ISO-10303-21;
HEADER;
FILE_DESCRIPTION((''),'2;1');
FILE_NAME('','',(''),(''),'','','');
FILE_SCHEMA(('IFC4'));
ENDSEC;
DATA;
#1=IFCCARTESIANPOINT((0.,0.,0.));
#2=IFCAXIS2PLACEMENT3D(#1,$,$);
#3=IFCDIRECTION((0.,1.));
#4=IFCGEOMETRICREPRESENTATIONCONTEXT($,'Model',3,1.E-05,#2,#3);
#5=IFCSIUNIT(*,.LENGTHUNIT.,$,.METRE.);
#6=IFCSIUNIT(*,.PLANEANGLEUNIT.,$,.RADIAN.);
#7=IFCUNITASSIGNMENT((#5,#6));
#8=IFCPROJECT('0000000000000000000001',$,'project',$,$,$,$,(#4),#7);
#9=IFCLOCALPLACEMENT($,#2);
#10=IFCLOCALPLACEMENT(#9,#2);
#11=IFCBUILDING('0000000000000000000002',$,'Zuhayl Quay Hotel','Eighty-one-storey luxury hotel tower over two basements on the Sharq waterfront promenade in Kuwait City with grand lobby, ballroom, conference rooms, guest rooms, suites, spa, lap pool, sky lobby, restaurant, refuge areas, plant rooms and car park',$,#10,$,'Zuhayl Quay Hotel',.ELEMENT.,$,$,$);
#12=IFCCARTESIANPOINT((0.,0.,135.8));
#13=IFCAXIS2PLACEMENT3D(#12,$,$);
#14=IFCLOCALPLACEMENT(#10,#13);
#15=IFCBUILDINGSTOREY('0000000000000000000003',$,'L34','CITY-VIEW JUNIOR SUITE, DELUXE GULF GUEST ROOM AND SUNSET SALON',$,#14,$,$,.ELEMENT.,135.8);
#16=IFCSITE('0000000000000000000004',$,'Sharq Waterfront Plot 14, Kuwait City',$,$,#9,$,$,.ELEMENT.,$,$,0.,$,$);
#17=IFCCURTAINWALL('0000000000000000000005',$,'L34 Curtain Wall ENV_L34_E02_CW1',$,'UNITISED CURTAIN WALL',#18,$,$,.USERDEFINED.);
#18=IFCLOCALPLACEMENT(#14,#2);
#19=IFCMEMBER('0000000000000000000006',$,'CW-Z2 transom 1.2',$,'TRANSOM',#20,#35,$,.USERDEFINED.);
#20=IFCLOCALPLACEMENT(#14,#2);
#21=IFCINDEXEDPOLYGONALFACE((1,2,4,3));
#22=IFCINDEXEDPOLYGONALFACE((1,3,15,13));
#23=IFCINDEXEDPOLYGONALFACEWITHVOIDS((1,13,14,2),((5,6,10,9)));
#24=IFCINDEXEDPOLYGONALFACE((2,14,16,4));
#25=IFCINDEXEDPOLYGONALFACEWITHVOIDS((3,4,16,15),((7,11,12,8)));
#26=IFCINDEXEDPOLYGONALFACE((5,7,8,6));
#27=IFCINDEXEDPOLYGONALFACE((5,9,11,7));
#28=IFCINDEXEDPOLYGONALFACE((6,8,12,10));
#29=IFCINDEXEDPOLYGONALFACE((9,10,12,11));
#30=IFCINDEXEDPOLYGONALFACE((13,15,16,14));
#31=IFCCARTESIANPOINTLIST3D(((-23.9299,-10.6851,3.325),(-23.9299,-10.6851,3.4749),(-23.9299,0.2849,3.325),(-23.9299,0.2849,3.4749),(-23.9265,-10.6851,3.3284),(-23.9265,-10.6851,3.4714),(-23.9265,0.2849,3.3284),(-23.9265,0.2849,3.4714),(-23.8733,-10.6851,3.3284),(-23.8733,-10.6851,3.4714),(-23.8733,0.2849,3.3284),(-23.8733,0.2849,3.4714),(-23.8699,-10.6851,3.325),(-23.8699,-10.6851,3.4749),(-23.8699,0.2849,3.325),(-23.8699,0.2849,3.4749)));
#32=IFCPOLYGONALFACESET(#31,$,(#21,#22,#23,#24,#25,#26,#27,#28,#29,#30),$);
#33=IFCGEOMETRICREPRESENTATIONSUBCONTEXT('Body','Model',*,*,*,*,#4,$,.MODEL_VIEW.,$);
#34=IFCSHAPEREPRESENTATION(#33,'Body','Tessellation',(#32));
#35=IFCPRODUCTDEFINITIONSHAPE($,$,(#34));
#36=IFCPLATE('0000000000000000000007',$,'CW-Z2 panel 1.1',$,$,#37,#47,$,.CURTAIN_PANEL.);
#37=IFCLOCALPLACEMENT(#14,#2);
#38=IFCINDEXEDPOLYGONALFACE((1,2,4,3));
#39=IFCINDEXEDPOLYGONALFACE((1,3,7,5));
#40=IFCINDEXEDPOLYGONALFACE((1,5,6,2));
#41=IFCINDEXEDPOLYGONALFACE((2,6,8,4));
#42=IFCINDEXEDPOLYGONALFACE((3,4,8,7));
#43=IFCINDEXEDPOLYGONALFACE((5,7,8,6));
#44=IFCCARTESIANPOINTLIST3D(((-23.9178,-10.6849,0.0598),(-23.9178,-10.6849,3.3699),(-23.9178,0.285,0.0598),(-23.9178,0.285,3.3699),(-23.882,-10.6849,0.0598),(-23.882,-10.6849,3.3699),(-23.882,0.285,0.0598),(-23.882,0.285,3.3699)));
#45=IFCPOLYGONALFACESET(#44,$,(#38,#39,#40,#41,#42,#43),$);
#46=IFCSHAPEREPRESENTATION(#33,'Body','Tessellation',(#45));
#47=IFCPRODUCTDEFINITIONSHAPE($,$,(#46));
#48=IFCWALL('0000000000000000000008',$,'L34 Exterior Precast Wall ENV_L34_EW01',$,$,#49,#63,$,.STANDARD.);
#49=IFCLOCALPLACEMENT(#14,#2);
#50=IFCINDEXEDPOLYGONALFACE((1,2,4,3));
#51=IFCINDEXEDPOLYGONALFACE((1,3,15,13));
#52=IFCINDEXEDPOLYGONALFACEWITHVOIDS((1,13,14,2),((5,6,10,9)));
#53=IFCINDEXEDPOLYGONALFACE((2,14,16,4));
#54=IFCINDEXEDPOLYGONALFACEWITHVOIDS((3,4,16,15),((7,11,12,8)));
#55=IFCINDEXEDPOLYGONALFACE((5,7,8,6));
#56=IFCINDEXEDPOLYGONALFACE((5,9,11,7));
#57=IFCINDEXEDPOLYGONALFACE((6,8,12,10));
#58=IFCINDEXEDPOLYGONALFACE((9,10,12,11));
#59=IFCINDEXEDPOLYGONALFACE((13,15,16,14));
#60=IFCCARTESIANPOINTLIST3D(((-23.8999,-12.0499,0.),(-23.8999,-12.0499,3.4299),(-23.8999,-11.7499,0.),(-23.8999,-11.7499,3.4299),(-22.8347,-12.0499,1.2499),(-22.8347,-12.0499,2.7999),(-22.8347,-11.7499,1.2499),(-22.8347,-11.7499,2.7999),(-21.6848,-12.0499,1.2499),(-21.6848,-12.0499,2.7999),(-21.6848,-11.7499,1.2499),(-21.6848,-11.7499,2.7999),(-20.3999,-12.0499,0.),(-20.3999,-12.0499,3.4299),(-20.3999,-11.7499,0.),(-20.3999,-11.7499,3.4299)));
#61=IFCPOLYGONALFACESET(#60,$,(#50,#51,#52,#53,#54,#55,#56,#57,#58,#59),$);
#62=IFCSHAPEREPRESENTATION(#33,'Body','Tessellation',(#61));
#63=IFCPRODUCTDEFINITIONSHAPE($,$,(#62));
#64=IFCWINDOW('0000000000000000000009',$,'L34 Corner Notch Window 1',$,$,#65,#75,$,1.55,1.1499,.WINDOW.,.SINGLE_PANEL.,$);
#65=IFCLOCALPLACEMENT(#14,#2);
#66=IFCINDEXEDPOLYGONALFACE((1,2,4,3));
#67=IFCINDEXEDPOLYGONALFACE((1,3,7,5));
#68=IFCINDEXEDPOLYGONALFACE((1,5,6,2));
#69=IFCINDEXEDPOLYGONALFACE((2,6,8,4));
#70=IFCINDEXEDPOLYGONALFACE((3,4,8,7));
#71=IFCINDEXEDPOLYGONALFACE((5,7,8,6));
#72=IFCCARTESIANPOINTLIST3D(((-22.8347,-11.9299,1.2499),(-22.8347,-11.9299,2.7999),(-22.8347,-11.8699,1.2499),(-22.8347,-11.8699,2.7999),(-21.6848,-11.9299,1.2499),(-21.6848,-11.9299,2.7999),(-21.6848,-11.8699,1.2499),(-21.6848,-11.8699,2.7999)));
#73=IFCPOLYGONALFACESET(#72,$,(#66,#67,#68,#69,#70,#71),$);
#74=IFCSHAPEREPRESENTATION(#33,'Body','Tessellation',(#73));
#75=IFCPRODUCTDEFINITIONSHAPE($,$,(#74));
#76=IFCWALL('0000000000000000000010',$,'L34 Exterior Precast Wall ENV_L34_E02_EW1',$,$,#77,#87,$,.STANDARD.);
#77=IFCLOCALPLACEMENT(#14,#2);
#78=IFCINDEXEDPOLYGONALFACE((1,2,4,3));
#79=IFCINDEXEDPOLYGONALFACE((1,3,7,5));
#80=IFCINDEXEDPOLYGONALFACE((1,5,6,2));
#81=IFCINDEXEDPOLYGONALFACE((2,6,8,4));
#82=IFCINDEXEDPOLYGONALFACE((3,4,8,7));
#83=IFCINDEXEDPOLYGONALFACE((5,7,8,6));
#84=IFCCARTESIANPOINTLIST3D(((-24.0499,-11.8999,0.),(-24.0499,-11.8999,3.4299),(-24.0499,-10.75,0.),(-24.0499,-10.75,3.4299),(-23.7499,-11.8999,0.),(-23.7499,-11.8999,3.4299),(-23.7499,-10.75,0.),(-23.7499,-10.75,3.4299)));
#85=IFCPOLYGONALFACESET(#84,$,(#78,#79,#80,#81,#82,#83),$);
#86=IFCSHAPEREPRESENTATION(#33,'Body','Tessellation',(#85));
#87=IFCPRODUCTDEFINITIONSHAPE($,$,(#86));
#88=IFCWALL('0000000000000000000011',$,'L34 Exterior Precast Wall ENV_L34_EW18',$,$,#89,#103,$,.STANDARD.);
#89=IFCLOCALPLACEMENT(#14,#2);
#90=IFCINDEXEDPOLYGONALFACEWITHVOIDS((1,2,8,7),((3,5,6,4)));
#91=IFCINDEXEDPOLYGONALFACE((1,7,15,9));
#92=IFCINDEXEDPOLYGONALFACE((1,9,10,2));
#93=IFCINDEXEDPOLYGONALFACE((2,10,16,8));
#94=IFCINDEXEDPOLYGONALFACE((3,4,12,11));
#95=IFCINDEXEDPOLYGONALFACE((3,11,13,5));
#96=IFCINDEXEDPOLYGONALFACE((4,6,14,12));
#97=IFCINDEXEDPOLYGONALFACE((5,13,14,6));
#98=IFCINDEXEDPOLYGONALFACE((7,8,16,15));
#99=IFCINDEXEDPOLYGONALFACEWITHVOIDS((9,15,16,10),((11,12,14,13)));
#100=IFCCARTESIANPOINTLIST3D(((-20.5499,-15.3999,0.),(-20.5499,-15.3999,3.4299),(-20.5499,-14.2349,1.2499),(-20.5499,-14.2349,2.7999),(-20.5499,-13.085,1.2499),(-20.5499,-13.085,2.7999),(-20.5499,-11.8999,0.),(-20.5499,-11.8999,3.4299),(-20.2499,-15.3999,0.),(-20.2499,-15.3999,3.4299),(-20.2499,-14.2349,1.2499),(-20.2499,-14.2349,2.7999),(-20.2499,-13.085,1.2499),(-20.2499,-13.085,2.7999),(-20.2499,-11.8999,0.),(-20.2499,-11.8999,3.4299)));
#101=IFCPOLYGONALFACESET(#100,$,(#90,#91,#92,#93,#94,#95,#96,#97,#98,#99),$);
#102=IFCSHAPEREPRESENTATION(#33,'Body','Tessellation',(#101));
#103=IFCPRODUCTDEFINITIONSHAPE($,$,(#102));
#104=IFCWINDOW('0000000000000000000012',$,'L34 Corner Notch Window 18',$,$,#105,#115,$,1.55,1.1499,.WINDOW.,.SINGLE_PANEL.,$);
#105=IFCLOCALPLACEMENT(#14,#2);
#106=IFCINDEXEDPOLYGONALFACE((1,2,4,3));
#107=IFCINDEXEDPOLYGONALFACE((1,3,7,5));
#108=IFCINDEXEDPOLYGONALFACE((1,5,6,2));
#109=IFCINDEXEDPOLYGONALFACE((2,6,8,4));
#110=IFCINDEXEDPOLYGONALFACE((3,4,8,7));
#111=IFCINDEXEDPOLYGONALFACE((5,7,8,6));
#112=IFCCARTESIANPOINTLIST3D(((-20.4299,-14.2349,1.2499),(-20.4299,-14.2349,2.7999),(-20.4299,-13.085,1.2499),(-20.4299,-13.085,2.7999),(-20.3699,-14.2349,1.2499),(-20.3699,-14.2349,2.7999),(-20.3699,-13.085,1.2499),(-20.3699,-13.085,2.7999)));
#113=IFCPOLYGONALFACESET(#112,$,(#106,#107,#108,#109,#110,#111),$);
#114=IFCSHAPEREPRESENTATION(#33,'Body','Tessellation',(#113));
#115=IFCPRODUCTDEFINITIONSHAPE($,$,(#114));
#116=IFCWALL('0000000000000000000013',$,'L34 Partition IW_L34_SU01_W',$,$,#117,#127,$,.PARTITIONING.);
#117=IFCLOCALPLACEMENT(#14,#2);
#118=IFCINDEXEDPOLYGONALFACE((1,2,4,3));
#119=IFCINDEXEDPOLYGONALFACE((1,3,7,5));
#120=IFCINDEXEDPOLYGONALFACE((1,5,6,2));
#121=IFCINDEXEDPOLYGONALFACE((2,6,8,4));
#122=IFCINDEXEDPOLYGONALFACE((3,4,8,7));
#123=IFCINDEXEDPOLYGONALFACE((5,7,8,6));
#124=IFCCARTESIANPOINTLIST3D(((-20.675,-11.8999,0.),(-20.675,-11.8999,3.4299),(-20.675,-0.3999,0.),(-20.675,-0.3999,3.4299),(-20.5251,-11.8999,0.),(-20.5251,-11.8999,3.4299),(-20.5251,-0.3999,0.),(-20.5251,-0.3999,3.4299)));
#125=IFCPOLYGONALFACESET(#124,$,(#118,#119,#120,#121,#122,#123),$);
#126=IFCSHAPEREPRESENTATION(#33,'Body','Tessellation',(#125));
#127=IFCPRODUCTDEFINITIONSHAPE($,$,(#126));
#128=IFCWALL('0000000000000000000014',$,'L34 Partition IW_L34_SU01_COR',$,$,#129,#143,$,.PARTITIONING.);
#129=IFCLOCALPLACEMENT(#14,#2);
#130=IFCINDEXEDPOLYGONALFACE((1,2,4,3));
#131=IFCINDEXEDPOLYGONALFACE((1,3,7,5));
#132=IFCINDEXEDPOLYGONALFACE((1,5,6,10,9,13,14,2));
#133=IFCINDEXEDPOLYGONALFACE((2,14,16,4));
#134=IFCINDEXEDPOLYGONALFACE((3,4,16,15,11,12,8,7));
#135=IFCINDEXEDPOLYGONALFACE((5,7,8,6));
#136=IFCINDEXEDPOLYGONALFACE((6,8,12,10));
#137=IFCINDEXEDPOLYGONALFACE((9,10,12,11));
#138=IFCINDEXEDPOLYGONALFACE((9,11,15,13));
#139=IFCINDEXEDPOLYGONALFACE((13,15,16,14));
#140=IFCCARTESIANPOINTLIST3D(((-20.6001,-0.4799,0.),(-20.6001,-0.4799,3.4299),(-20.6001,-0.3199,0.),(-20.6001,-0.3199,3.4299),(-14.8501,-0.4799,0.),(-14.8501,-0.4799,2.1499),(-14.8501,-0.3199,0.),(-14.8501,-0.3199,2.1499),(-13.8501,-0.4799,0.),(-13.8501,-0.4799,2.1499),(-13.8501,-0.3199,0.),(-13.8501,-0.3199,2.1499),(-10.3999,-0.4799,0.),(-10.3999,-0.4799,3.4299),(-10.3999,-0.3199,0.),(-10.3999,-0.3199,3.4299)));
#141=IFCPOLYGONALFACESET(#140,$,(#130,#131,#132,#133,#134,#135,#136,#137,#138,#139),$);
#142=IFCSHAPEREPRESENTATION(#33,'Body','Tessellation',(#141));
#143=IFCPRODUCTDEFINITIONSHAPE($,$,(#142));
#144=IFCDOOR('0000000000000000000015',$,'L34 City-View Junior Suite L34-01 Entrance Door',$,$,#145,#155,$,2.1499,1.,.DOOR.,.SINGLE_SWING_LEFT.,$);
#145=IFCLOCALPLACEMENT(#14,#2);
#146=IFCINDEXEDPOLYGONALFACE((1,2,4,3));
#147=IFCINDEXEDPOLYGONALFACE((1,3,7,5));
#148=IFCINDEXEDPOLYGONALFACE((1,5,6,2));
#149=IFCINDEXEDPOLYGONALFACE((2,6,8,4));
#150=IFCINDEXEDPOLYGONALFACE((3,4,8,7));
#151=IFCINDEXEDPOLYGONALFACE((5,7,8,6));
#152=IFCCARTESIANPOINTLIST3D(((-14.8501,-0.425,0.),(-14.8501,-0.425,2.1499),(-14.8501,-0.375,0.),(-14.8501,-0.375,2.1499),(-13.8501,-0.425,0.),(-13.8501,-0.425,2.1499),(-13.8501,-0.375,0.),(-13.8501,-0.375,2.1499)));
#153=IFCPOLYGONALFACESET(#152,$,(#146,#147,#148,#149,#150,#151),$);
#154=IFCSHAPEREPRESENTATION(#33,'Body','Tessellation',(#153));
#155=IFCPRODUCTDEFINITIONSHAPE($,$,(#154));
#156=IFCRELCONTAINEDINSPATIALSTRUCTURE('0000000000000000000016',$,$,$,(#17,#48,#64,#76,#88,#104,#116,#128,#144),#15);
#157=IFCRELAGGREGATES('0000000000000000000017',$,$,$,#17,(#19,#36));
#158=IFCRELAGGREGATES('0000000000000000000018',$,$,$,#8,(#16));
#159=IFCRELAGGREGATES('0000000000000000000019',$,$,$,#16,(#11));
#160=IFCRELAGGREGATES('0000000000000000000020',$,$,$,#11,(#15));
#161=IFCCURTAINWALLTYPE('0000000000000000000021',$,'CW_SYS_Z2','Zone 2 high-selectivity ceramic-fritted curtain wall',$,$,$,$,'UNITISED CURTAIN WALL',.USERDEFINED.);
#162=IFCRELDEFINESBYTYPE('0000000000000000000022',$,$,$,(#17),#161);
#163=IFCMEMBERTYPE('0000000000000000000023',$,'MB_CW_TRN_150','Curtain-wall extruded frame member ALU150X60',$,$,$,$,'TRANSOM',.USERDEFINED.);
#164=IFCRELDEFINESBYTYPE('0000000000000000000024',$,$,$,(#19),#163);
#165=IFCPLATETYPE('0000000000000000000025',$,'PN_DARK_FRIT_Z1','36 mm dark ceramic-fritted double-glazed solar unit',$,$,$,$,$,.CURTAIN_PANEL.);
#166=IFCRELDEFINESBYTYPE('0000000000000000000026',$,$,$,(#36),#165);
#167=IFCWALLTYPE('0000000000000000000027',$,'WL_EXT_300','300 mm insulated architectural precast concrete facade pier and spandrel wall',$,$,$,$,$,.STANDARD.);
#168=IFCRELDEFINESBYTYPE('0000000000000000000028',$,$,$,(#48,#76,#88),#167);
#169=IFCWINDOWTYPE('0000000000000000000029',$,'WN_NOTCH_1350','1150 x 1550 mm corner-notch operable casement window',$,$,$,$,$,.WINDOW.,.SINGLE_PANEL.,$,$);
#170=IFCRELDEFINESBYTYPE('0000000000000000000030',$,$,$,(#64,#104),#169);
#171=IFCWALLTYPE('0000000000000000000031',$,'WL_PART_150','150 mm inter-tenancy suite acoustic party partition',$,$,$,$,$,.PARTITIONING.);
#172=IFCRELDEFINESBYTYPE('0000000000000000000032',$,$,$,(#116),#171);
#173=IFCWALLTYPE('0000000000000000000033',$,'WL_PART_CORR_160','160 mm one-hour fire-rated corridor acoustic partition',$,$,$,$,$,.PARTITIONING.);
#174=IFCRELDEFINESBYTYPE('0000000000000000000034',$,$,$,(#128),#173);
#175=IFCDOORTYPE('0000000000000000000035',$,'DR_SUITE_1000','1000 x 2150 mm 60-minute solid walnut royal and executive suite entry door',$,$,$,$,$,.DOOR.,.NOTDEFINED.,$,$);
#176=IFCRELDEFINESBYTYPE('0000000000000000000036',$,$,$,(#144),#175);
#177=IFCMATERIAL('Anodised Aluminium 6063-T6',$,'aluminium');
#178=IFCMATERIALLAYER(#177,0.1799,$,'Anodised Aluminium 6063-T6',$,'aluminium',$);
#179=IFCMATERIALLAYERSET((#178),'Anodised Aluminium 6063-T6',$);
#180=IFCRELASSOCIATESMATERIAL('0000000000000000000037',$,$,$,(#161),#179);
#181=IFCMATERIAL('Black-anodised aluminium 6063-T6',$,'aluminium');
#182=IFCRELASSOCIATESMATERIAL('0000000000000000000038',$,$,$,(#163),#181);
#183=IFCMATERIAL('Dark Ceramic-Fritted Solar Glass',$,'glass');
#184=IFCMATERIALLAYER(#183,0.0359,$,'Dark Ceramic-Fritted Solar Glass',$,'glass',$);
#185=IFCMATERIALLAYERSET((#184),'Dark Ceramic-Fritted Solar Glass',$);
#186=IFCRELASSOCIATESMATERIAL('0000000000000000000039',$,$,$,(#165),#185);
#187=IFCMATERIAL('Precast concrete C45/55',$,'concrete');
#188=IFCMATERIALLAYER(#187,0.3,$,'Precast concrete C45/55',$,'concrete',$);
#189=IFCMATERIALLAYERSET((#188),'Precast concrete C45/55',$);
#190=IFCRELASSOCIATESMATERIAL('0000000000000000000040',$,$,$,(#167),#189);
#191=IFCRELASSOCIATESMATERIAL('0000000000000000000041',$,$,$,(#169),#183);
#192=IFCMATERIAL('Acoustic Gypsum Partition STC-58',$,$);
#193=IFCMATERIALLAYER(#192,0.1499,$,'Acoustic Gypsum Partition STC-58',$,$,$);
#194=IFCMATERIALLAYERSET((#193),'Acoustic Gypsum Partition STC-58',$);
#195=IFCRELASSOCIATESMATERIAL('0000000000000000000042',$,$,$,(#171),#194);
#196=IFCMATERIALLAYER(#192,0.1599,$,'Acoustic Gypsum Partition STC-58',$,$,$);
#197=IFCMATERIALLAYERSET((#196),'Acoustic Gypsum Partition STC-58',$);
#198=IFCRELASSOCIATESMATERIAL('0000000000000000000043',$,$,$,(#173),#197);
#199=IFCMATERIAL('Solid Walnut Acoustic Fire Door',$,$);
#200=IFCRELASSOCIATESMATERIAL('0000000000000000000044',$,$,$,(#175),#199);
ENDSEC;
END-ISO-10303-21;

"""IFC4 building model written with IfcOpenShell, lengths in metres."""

from ifc_helpers import new_model, si_unit, direction, frame, frame_2d, origin, origin_2d, place, context, subcontext, project, spatial, rectangle, hollow_rectangle, extrude, material, layer, layer_set, material_profile, profile_set, type_object, element, fill, aggregate, save


model = new_model("IFC4")

# Units and contexts
model_context = context("Model", 3, precision=1e-05, world=origin(), true_north=direction((0.0, 1.0)))
body_context = subcontext(model_context, "Body", "Model", "MODEL_VIEW")
ifc_project = project(units=[si_unit("LENGTHUNIT", "METRE"), si_unit("PLANEANGLEUNIT", "RADIAN")], contexts=[model_context])

# Site, building, storey
site_placement = place(None, origin())
site = spatial("IfcSite", under=ifc_project, at=site_placement, Name="Sharq Waterfront Plot 14, Kuwait City", CompositionType="ELEMENT", RefElevation=0.0)
building_placement = place(site_placement, origin())
building = spatial("IfcBuilding", under=site, at=building_placement, Name="Zuhayl Quay Hotel", Description="Eighty-one-storey luxury hotel tower over two basements on the Sharq waterfront promenade in Kuwait City with grand lobby, ballroom, conference rooms, guest rooms, suites, spa, lap pool, sky lobby, restaurant, refuge areas, plant rooms and car park", LongName="Zuhayl Quay Hotel", CompositionType="ELEMENT")
storey_placement = place(building_placement, frame((0.0, 0.0, 135.8)))
storey = spatial("IfcBuildingStorey", under=building, at=storey_placement, Name="L34", Description="CITY-VIEW JUNIOR SUITE, DELUXE GULF GUEST ROOM AND SUNSET SALON", CompositionType="ELEMENT", Elevation=135.8)

# Curtain wall, member, plate
ifc_material_1 = material(Name="Anodised Aluminium 6063-T6", Category="aluminium")
ifc_layer_1 = layer(ifc_material_1, 0.1799, Name="Anodised Aluminium 6063-T6", Category="aluminium")
ifc_layer_set_1 = layer_set([ifc_layer_1], Name="Anodised Aluminium 6063-T6")
curtain_wall_type = type_object("IfcCurtainWallType", Name="CW_SYS_Z2", Description="Zone 2 high-selectivity ceramic-fritted curtain wall", ElementType="UNITISED CURTAIN WALL", PredefinedType="USERDEFINED", material=ifc_layer_set_1)
curtain_wall_placement = place(storey_placement, origin())
curtain_wall = element("IfcCurtainWall", 1, at=curtain_wall_placement, inside=storey, type_object=curtain_wall_type, Name="L34 Curtain Wall ENV_L34_E02_CW1", ObjectType="UNITISED CURTAIN WALL", PredefinedType="USERDEFINED")
ifc_material_2 = material(Name="Black-anodised aluminium 6063-T6", Category="aluminium")
ifc_material_profile_1 = material_profile(ifc_material_2, hollow_rectangle(XDim=0.0601, YDim=0.1499, WallThickness=0.0034, at=origin_2d()), Name="ALU150X60")
ifc_profile_set_1 = profile_set([ifc_material_profile_1], Name="Black-anodised aluminium 6063-T6")
member_type_1 = type_object("IfcMemberType", Name="MB_CW_TRN_150", Description="Curtain-wall extruded frame member ALU150X60", ElementType="TRANSOM", PredefinedType="USERDEFINED", material=ifc_profile_set_1)
member_1_placement = place(storey_placement, frame((-23.8999, -10.6851, 3.3999), z_axis=(0.0, 1.0, 0.0), x_axis=(-1.0, 0.0, 0.0)))
member_1 = element("IfcMember", 2, at=member_1_placement, type_object=member_type_1, Name="CW-Z2 transom 1.2", ObjectType="TRANSOM", PredefinedType="USERDEFINED", context=body_context, shape_type="SweptSolid", body=[
    extrude(hollow_rectangle(XDim=0.0601, YDim=0.1499, WallThickness=0.0034, at=origin_2d()), origin(), (0.0, 0.0, 1.0), 10.97),
])
ifc_material_3 = material(Name="Dark Ceramic-Fritted Solar Glass", Category="glass")
ifc_layer_2 = layer(ifc_material_3, 0.0359, Name="Dark Ceramic-Fritted Solar Glass", Category="glass")
ifc_layer_set_2 = layer_set([ifc_layer_2], Name="Dark Ceramic-Fritted Solar Glass")
plate_type = type_object("IfcPlateType", Name="PN_DARK_FRIT_Z1", Description="36 mm dark ceramic-fritted double-glazed solar unit", PredefinedType="CURTAIN_PANEL", material=ifc_layer_set_2)
plate_placement = place(storey_placement, frame((-23.8999, -5.2, 0.0598), z_axis=(0.0, 0.0, 1.0), x_axis=(0.0, 1.0, 0.0)))
plate = element("IfcPlate", 3, at=plate_placement, type_object=plate_type, Name="CW-Z2 panel 1.1", PredefinedType="CURTAIN_PANEL", context=body_context, shape_type="SweptSolid", body=[
    extrude(rectangle(XDim=10.97, YDim=0.0359, at=origin_2d()), origin(), (0.0, 0.0, 1.0), 3.3101),
])
aggregate(curtain_wall, [member_1, plate])

# Wall, opening, window
ifc_material_4 = material(Name="Precast concrete C45/55", Category="concrete")
ifc_layer_3 = layer(ifc_material_4, 0.3, Name="Precast concrete C45/55", Category="concrete")
ifc_layer_set_3 = layer_set([ifc_layer_3], Name="Precast concrete C45/55")
wall_type_1 = type_object("IfcWallType", Name="WL_EXT_300", Description="300 mm insulated architectural precast concrete facade pier and spandrel wall", PredefinedType="STANDARD", material=ifc_layer_set_3)
wall_1_placement = place(storey_placement, frame((-20.3999, -11.8999, 0.0), z_axis=(0.0, 0.0, 1.0), x_axis=(-1.0, 0.0, 0.0)))
wall_1 = element("IfcWall", 4, at=wall_1_placement, inside=storey, type_object=wall_type_1, Name="L34 Exterior Precast Wall ENV_L34_EW01", PredefinedType="STANDARD", context=body_context, shape_type="SweptSolid", body=[
    extrude(rectangle(XDim=3.5, YDim=0.3, at=frame_2d((1.75, 0.0))), origin(), (0.0, 0.0, 1.0), 3.4299),
])
opening_1_placement = place(wall_1_placement, frame((1.2849, 0.0, 1.25)))
opening_1 = element("IfcOpeningElement", 5, at=opening_1_placement, cuts=wall_1, PredefinedType="OPENING", context=body_context, shape_type="SweptSolid", body=[
    extrude(rectangle(XDim=1.1499, YDim=1.55, at=frame_2d((0.575, 0.7749))), frame((0.0, 0.1599, 0.0), z_axis=(0.0, -1.0, 0.0), x_axis=(1.0, 0.0, 0.0)), (0.0, 0.0, 1.0), 0.3201),
])
window_type = type_object("IfcWindowType", Name="WN_NOTCH_1350", Description="1150 x 1550 mm corner-notch operable casement window", PartitioningType="SINGLE_PANEL", PredefinedType="WINDOW", material=ifc_material_3)
window_1_placement = place(opening_1_placement, origin())
window_1 = element("IfcWindow", 6, at=window_1_placement, inside=storey, type_object=window_type, Name="L34 Corner Notch Window 1", OverallHeight=1.55, OverallWidth=1.1499, PartitioningType="SINGLE_PANEL", PredefinedType="WINDOW", context=body_context, shape_type="SweptSolid", body=[
    extrude(rectangle(XDim=1.1499, YDim=1.55, at=frame_2d((0.575, 0.7749))), frame((0.0, 0.03, 0.0), z_axis=(0.0, -1.0, 0.0), x_axis=(1.0, 0.0, 0.0)), (0.0, 0.0, 1.0), 0.0601),
])
fill(opening_1, window_1)

# Wall
wall_2_placement = place(storey_placement, frame((-23.8999, -11.8999, 0.0), z_axis=(0.0, 0.0, 1.0), x_axis=(0.0, 1.0, 0.0)))
element("IfcWall", 7, at=wall_2_placement, inside=storey, type_object=wall_type_1, Name="L34 Exterior Precast Wall ENV_L34_E02_EW1", PredefinedType="STANDARD", context=body_context, shape_type="SweptSolid", body=[
    extrude(rectangle(XDim=1.1499, YDim=0.3, at=frame_2d((0.575, 0.0))), origin(), (0.0, 0.0, 1.0), 3.4299),
])

# Wall, opening, window
wall_3_placement = place(storey_placement, frame((-20.3999, -15.3999, 0.0), z_axis=(0.0, 0.0, 1.0), x_axis=(0.0, 1.0, 0.0)))
wall_3 = element("IfcWall", 8, at=wall_3_placement, inside=storey, type_object=wall_type_1, Name="L34 Exterior Precast Wall ENV_L34_EW18", PredefinedType="STANDARD", context=body_context, shape_type="SweptSolid", body=[
    extrude(rectangle(XDim=3.5, YDim=0.3, at=frame_2d((1.75, 0.0))), origin(), (0.0, 0.0, 1.0), 3.4299),
])
opening_2_placement = place(wall_3_placement, frame((1.165, 0.0, 1.25)))
opening_2 = element("IfcOpeningElement", 9, at=opening_2_placement, cuts=wall_3, PredefinedType="OPENING", context=body_context, shape_type="SweptSolid", body=[
    extrude(rectangle(XDim=1.1499, YDim=1.55, at=frame_2d((0.575, 0.7749))), frame((0.0, 0.1599, 0.0), z_axis=(0.0, -1.0, 0.0), x_axis=(1.0, 0.0, 0.0)), (0.0, 0.0, 1.0), 0.3201),
])
window_2_placement = place(opening_2_placement, origin())
window_2 = element("IfcWindow", 10, at=window_2_placement, inside=storey, type_object=window_type, Name="L34 Corner Notch Window 18", OverallHeight=1.55, OverallWidth=1.1499, PartitioningType="SINGLE_PANEL", PredefinedType="WINDOW", context=body_context, shape_type="SweptSolid", body=[
    extrude(rectangle(XDim=1.1499, YDim=1.55, at=frame_2d((0.575, 0.7749))), frame((0.0, 0.03, 0.0), z_axis=(0.0, -1.0, 0.0), x_axis=(1.0, 0.0, 0.0)), (0.0, 0.0, 1.0), 0.0601),
])
fill(opening_2, window_2)

# Wall
ifc_material_5 = material(Name="Acoustic Gypsum Partition STC-58")
ifc_layer_4 = layer(ifc_material_5, 0.1499, Name="Acoustic Gypsum Partition STC-58")
ifc_layer_set_4 = layer_set([ifc_layer_4], Name="Acoustic Gypsum Partition STC-58")
wall_type_2 = type_object("IfcWallType", Name="WL_PART_150", Description="150 mm inter-tenancy suite acoustic party partition", PredefinedType="PARTITIONING", material=ifc_layer_set_4)
wall_4_placement = place(storey_placement, frame((-20.6001, -11.8999, 0.0), z_axis=(0.0, 0.0, 1.0), x_axis=(0.0, 1.0, 0.0)))
element("IfcWall", 11, at=wall_4_placement, inside=storey, type_object=wall_type_2, Name="L34 Partition IW_L34_SU01_W", PredefinedType="PARTITIONING", context=body_context, shape_type="SweptSolid", body=[
    extrude(rectangle(XDim=11.5, YDim=0.1499, at=frame_2d((5.75, 0.0))), origin(), (0.0, 0.0, 1.0), 3.4299),
])

# Wall, opening, door
ifc_layer_5 = layer(ifc_material_5, 0.1599, Name="Acoustic Gypsum Partition STC-58")
ifc_layer_set_5 = layer_set([ifc_layer_5], Name="Acoustic Gypsum Partition STC-58")
wall_type_3 = type_object("IfcWallType", Name="WL_PART_CORR_160", Description="160 mm one-hour fire-rated corridor acoustic partition", PredefinedType="PARTITIONING", material=ifc_layer_set_5)
wall_5_placement = place(storey_placement, frame((-20.6001, -0.3999, 0.0), z_axis=(0.0, 0.0, 1.0), x_axis=(1.0, 0.0, 0.0)))
wall_5 = element("IfcWall", 12, at=wall_5_placement, inside=storey, type_object=wall_type_3, Name="L34 Partition IW_L34_SU01_COR", PredefinedType="PARTITIONING", context=body_context, shape_type="SweptSolid", body=[
    extrude(rectangle(XDim=10.2002, YDim=0.1599, at=frame_2d((5.1001, 0.0))), origin(), (0.0, 0.0, 1.0), 3.4299),
])
opening_3_placement = place(wall_5_placement, frame((5.75, 0.0, 0.0)))
opening_3 = element("IfcOpeningElement", 13, at=opening_3_placement, cuts=wall_5, PredefinedType="OPENING", context=body_context, shape_type="SweptSolid", body=[
    extrude(rectangle(XDim=1.0, YDim=2.1499, at=frame_2d((0.5, 1.075))), frame((0.0, 0.0898, 0.0), z_axis=(0.0, -1.0, 0.0), x_axis=(1.0, 0.0, 0.0)), (0.0, 0.0, 1.0), 0.1799),
])
ifc_material_6 = material(Name="Solid Walnut Acoustic Fire Door")
door_type_1 = type_object("IfcDoorType", Name="DR_SUITE_1000", Description="1000 x 2150 mm 60-minute solid walnut royal and executive suite entry door", OperationType="NOTDEFINED", PredefinedType="DOOR", material=ifc_material_6)
door_1_placement = place(opening_3_placement, origin())
door_1 = element("IfcDoor", 14, at=door_1_placement, inside=storey, type_object=door_type_1, Name="L34 City-View Junior Suite L34-01 Entrance Door", OperationType="SINGLE_SWING_LEFT", OverallHeight=2.1499, OverallWidth=1.0, PredefinedType="DOOR", context=body_context, shape_type="SweptSolid", body=[
    extrude(rectangle(XDim=1.0, YDim=2.1499, at=frame_2d((0.5, 1.075))), frame((0.0, 0.0249, 0.0), z_axis=(0.0, -1.0, 0.0), x_axis=(1.0, 0.0, 0.0)), (0.0, 0.0, 1.0), 0.05),
])
fill(opening_3, door_1)

save(model, "model.ifc")
